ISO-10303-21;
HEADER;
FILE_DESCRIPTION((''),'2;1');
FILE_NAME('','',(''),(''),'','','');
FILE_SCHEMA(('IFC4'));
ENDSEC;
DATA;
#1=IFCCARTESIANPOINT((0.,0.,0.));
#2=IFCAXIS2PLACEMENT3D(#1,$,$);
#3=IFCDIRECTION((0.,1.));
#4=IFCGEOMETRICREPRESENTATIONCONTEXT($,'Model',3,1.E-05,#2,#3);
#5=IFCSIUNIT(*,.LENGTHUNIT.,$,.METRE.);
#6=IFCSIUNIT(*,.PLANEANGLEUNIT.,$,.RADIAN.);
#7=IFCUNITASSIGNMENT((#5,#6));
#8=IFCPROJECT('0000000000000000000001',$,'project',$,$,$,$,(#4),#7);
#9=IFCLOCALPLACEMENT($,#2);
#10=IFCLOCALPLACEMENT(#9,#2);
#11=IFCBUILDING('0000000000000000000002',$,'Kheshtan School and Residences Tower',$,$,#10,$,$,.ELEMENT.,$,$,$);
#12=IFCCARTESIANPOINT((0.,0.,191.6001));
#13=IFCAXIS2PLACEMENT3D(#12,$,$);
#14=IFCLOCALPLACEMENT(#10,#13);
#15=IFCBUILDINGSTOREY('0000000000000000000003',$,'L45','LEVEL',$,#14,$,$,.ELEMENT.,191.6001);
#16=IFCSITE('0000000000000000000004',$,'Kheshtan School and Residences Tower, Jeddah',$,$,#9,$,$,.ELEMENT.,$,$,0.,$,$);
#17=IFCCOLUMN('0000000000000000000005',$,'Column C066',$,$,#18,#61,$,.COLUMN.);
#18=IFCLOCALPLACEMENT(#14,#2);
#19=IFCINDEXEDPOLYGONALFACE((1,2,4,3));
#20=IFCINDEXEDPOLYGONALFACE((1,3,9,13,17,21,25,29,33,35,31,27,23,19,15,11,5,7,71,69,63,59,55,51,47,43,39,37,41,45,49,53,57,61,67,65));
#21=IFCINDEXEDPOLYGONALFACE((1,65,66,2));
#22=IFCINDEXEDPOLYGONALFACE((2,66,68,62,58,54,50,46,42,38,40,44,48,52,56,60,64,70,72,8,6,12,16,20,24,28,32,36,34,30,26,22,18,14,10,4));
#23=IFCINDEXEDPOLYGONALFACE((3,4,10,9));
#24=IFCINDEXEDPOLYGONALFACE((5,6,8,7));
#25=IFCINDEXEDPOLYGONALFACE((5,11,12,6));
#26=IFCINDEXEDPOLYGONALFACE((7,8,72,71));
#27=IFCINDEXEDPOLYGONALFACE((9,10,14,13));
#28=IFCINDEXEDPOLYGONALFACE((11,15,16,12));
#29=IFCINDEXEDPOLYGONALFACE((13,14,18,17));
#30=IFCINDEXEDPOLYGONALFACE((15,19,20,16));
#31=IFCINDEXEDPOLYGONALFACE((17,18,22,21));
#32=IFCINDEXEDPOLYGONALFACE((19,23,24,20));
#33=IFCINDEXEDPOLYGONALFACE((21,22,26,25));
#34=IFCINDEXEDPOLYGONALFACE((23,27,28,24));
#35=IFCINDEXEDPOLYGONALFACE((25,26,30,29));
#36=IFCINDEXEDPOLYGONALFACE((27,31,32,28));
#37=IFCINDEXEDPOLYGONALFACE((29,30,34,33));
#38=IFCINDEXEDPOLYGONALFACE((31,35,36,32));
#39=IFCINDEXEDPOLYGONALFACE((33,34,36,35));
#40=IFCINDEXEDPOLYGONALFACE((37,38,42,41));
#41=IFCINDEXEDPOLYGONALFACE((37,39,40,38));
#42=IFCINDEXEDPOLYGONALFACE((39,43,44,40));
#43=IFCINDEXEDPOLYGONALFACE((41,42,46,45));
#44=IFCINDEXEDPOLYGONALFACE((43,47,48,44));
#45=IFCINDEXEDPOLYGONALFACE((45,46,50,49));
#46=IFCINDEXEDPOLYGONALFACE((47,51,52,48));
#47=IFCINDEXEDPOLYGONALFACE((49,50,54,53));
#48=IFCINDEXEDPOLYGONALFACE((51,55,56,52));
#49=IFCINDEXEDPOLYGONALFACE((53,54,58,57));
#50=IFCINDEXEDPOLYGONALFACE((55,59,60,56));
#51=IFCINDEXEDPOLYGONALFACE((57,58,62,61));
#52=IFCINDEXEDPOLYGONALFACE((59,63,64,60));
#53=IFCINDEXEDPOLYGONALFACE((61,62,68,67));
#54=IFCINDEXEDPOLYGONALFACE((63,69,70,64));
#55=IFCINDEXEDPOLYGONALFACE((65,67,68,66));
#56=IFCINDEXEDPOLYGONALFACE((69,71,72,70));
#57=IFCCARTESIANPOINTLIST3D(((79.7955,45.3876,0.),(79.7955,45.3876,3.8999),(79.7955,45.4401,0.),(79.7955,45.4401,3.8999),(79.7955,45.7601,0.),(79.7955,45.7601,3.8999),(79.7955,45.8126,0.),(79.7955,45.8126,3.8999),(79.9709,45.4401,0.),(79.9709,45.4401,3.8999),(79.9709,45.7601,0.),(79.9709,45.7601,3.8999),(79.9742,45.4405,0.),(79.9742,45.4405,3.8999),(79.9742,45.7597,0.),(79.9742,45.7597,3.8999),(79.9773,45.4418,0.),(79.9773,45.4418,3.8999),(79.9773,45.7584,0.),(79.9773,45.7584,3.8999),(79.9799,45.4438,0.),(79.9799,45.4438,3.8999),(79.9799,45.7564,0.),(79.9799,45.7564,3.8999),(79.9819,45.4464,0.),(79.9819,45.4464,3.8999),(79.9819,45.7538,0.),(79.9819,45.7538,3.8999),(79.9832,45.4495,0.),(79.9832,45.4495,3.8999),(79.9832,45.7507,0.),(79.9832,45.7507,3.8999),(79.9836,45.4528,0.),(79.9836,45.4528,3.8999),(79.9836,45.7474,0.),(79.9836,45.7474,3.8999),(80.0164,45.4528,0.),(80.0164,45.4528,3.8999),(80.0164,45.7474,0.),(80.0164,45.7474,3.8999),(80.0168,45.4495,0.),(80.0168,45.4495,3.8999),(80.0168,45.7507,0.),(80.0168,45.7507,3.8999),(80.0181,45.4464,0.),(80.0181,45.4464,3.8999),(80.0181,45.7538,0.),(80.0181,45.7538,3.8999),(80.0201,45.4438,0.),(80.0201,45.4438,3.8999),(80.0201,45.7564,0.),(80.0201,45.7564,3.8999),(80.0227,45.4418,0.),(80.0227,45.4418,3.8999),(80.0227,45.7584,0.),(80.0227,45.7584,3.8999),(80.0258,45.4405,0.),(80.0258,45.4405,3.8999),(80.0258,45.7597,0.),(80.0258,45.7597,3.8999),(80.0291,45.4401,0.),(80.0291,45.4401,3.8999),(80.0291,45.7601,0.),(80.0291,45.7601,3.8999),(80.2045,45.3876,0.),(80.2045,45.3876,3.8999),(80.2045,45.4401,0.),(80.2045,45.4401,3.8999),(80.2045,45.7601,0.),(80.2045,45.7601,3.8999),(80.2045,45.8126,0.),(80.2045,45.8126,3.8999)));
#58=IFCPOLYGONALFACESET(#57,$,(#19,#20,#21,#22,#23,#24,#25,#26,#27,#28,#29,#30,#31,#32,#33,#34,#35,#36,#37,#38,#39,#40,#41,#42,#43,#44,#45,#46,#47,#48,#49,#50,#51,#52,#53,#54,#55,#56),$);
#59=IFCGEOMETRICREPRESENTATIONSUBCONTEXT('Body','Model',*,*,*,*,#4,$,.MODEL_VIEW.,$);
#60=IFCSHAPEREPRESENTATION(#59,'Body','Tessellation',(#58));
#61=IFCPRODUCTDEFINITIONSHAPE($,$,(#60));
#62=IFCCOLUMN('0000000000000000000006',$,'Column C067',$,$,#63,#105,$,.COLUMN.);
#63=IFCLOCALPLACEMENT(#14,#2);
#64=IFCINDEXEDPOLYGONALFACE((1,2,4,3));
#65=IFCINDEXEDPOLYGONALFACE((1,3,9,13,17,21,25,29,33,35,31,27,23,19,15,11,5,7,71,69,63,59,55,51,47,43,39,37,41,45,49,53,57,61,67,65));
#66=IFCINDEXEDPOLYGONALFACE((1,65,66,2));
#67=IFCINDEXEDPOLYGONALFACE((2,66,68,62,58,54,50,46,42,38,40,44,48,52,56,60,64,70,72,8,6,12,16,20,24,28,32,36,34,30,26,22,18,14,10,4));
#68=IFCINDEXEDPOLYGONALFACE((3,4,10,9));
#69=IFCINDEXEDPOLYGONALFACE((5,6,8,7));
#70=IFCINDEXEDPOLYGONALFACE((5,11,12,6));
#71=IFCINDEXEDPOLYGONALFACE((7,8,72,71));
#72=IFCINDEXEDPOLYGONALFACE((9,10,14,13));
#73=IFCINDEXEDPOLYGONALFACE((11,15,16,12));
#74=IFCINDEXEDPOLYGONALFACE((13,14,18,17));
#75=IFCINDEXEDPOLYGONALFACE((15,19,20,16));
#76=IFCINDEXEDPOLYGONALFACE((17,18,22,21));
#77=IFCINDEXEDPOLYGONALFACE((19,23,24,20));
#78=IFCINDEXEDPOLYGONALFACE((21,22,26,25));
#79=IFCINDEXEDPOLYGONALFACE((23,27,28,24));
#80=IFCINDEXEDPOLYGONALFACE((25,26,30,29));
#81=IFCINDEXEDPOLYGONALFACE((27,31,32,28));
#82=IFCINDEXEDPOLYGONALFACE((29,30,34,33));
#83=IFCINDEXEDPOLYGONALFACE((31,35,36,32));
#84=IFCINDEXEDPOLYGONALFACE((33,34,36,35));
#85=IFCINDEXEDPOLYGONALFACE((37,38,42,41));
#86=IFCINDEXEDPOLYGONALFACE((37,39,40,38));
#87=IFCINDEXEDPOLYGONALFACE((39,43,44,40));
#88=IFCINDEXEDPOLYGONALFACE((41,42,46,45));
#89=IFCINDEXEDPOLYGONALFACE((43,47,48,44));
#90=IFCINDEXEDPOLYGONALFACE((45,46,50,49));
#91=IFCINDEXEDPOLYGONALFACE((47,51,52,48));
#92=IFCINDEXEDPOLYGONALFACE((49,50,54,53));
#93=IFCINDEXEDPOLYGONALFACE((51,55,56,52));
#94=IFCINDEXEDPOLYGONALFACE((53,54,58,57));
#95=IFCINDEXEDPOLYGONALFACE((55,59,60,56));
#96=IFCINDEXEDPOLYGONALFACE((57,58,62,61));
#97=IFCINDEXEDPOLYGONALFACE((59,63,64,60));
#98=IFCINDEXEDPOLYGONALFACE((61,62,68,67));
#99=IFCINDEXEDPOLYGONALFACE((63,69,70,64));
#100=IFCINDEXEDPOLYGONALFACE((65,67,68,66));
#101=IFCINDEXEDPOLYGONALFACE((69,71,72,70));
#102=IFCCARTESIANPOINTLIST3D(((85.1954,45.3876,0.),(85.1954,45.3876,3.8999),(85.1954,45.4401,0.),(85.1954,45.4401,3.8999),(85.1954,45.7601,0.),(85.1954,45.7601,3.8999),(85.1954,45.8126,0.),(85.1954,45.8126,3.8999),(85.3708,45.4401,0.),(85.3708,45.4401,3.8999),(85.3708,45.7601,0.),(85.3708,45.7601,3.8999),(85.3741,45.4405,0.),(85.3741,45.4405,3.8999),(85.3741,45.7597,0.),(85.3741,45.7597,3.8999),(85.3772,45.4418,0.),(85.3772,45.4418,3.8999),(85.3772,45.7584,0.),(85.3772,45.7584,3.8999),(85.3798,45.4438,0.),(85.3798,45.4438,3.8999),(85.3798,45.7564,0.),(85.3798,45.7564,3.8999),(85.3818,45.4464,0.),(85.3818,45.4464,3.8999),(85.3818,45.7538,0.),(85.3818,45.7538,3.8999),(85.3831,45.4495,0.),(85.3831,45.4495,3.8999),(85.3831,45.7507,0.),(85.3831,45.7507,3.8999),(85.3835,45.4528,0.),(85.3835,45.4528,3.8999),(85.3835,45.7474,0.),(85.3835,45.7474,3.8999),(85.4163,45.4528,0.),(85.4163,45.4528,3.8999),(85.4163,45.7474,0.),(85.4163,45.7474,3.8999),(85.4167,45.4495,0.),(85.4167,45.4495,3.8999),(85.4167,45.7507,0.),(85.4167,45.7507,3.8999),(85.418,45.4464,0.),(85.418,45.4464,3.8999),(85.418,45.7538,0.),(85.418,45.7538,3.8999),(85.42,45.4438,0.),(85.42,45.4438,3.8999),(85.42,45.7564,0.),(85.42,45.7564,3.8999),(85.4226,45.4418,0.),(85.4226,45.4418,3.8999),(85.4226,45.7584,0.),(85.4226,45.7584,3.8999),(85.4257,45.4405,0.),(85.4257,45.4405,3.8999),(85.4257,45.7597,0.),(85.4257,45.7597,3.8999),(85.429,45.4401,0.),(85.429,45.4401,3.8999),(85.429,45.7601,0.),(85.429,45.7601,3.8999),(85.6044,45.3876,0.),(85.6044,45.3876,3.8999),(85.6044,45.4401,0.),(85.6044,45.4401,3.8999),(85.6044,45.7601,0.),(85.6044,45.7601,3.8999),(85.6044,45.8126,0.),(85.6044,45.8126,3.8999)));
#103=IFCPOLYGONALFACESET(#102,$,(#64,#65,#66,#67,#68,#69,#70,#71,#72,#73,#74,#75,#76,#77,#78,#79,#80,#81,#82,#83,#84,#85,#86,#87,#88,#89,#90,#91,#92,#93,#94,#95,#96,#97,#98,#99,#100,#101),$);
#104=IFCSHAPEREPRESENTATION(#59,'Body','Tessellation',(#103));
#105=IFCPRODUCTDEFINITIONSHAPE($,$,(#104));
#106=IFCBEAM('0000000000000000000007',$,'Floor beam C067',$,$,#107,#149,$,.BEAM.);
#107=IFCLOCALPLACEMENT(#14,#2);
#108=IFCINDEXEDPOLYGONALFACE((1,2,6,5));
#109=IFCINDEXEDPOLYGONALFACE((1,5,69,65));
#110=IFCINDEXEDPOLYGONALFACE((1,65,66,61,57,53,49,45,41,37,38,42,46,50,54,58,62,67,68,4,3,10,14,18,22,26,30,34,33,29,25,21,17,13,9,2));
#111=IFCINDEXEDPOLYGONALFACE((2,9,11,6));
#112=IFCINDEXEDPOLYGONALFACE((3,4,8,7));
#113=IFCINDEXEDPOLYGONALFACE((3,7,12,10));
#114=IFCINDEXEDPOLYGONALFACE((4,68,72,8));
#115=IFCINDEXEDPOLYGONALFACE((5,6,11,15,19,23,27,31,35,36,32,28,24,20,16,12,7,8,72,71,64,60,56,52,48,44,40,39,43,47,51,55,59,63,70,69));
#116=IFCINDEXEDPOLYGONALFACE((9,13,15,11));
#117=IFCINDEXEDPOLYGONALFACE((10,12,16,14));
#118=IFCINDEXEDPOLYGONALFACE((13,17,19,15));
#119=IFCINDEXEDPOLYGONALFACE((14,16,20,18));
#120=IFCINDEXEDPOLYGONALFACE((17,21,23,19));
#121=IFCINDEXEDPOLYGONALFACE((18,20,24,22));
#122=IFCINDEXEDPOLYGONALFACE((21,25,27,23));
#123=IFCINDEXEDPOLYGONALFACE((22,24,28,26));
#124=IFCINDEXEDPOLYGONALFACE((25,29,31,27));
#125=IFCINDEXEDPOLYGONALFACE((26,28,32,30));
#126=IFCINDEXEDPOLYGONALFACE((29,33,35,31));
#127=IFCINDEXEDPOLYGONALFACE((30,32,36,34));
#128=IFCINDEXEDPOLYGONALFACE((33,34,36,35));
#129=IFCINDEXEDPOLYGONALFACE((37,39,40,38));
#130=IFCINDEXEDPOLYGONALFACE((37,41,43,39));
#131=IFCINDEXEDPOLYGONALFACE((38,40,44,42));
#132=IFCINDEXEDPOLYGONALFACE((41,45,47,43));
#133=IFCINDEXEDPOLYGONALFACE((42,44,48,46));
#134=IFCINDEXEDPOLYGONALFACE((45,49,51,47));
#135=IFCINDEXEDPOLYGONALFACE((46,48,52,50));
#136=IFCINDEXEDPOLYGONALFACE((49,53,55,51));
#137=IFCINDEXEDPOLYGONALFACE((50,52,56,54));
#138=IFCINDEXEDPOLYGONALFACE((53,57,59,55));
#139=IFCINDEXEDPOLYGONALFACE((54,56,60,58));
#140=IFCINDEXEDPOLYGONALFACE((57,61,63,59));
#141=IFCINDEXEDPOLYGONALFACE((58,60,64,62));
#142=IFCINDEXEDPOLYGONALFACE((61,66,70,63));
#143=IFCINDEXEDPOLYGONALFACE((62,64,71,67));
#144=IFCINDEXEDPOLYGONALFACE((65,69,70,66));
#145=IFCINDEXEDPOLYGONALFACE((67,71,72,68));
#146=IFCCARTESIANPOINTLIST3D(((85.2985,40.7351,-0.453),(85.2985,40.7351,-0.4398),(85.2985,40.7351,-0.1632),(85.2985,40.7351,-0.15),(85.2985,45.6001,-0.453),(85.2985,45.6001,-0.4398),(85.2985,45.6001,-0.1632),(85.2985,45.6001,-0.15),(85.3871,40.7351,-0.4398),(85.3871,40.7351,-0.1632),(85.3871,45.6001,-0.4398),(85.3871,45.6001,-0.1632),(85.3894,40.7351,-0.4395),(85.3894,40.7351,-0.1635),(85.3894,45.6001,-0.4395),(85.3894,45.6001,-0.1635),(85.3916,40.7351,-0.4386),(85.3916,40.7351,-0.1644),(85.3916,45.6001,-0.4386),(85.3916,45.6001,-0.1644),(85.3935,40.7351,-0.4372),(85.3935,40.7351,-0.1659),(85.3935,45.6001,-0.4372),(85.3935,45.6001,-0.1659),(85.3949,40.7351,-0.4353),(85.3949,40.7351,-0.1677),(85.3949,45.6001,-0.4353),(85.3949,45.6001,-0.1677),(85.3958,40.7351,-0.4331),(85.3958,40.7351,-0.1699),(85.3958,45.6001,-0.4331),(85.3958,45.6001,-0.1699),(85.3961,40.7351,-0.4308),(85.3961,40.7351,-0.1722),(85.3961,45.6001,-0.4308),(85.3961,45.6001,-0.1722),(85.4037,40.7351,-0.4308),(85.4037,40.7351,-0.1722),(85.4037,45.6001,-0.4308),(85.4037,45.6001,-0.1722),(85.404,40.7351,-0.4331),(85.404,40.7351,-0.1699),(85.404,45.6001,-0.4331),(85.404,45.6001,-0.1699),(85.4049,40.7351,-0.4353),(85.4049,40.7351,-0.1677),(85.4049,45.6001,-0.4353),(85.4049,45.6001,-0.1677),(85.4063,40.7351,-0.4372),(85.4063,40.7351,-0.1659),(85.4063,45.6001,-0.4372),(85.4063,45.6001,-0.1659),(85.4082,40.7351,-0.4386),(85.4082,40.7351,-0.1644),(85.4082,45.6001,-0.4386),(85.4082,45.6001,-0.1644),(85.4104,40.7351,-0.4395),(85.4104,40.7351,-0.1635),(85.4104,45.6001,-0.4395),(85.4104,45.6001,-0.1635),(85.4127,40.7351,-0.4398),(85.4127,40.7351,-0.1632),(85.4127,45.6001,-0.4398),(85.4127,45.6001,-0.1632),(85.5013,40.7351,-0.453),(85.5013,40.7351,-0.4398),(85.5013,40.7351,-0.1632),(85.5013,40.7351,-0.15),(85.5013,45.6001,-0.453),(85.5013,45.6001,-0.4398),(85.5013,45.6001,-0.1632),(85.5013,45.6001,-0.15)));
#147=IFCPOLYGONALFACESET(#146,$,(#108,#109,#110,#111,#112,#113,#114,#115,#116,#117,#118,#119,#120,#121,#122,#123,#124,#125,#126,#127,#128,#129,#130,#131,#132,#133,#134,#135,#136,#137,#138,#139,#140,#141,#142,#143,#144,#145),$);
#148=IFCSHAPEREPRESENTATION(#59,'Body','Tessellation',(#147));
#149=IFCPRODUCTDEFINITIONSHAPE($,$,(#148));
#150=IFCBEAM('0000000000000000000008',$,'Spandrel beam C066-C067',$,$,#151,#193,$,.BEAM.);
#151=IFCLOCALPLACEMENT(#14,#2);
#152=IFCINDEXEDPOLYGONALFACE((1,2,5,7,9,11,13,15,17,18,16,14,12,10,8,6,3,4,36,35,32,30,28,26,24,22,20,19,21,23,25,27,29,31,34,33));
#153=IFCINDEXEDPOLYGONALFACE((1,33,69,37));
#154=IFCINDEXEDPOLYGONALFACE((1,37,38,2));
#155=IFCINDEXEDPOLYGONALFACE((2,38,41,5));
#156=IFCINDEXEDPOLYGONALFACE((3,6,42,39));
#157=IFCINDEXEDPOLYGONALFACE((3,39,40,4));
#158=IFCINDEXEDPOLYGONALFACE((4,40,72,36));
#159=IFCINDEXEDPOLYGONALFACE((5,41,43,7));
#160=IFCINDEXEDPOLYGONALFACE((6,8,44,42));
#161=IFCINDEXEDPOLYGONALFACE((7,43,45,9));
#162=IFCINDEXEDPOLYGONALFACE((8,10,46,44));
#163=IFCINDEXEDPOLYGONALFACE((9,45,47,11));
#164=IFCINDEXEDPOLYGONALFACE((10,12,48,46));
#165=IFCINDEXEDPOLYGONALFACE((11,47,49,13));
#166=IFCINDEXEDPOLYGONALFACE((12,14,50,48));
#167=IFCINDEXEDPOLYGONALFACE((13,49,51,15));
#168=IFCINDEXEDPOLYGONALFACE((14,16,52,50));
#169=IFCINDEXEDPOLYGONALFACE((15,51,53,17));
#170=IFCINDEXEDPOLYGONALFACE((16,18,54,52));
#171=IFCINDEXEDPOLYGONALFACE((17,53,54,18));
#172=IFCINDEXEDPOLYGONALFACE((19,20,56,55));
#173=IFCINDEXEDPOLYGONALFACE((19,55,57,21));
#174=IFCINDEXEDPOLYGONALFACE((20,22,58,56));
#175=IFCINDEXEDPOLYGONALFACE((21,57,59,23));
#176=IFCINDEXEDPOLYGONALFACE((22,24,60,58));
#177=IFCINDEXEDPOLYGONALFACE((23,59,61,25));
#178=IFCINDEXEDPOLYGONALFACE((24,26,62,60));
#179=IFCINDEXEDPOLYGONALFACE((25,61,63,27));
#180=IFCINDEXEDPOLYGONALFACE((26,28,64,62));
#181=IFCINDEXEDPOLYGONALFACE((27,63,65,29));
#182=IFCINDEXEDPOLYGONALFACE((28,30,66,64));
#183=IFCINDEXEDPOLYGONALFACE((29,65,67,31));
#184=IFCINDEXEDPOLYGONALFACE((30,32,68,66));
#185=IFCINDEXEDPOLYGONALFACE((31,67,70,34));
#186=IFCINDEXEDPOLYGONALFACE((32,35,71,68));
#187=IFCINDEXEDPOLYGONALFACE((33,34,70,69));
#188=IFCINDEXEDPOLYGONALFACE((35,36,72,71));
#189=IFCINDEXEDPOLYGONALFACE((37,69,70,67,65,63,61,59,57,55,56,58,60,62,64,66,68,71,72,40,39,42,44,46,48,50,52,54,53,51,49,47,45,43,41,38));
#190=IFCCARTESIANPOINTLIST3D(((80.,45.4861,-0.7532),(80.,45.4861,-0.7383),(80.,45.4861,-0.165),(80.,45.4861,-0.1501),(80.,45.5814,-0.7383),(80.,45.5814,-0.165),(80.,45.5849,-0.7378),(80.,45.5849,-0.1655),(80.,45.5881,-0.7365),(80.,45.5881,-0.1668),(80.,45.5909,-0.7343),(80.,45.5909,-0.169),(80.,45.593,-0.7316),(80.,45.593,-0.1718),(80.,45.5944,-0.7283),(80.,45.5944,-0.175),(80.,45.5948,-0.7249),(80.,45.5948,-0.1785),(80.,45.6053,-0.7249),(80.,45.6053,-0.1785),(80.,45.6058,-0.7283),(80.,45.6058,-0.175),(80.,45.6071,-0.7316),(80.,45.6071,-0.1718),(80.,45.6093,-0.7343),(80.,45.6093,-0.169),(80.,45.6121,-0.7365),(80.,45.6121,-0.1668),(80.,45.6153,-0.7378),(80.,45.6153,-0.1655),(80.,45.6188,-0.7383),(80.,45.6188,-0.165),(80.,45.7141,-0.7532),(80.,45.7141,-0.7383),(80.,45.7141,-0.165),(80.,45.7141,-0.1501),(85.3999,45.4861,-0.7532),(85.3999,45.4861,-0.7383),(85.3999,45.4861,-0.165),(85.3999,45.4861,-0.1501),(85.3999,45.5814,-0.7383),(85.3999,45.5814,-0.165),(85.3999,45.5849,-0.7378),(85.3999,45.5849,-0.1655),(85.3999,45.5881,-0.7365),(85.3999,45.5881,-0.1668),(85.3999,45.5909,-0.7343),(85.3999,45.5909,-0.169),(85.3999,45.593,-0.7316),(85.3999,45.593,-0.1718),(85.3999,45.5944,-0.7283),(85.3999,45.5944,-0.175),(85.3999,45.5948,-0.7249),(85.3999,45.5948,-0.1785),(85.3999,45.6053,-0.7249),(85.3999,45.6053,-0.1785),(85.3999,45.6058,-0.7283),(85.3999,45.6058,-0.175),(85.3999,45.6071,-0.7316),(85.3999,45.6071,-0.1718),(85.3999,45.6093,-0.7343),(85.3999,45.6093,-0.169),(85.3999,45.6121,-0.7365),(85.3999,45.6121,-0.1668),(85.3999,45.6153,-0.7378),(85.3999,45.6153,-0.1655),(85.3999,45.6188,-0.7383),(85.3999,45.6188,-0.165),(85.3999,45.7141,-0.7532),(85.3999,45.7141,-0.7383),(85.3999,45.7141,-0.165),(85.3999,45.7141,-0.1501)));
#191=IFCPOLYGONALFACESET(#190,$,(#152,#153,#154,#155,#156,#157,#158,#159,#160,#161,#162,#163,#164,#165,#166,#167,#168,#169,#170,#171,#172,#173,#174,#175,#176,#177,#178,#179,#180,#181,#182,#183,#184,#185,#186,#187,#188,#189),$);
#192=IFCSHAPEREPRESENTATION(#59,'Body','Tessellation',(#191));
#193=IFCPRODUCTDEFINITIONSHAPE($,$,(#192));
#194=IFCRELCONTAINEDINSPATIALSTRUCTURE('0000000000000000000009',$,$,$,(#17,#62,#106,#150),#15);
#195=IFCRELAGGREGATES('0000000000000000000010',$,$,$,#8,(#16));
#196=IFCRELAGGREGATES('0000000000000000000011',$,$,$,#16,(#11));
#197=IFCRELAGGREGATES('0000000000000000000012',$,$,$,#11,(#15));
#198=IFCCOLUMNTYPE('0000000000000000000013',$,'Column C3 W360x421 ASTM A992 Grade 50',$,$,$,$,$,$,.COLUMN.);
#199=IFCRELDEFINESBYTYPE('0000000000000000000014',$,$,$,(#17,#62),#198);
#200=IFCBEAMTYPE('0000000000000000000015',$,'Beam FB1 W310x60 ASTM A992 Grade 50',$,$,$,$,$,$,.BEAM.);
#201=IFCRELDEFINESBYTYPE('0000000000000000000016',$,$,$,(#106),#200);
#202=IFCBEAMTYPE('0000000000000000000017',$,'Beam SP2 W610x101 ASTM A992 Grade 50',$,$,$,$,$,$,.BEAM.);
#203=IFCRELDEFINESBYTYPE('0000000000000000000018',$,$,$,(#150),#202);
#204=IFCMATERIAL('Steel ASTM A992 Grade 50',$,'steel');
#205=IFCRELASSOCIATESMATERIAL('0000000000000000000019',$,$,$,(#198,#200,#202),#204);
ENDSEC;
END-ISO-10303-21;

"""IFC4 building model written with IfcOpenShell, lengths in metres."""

from ifc_helpers import new_model, si_unit, direction, frame, origin, origin_2d, place, context, subcontext, project, spatial, i_section, extrude, material, material_profile, profile_set, type_object, element, save


model = new_model("IFC4")

# Units and contexts
model_context = context("Model", 3, precision=1e-05, world=origin(), true_north=direction((0.0, 1.0)))
body_context = subcontext(model_context, "Body", "Model", "MODEL_VIEW")
ifc_project = project(units=[si_unit("LENGTHUNIT", "METRE"), si_unit("PLANEANGLEUNIT", "RADIAN")], contexts=[model_context])

# Site, building, storey
site_placement = place(None, origin())
site = spatial("IfcSite", under=ifc_project, at=site_placement, Name="Kheshtan School and Residences Tower, Jeddah", CompositionType="ELEMENT", RefElevation=0.0)
building_placement = place(site_placement, origin())
building = spatial("IfcBuilding", under=site, at=building_placement, Name="Kheshtan School and Residences Tower", CompositionType="ELEMENT")
storey_placement = place(building_placement, frame((0.0, 0.0, 191.6001)))
storey = spatial("IfcBuildingStorey", under=building, at=storey_placement, Name="L45", Description="LEVEL", CompositionType="ELEMENT", Elevation=191.6001)

# Columns
ifc_material_1 = material(Name="Steel ASTM A992 Grade 50", Category="steel")
ifc_material_profile_1 = material_profile(ifc_material_1, i_section(OverallWidth=0.4089, OverallDepth=0.425, WebThickness=0.0327, FlangeThickness=0.0525, FilletRadius=0.0127, at=origin_2d()), Name="W360x421")
ifc_profile_set_1 = profile_set([ifc_material_profile_1], Name="Steel ASTM A992 Grade 50")
column_type = type_object("IfcColumnType", Name="Column C3 W360x421 ASTM A992 Grade 50", PredefinedType="COLUMN", material=ifc_profile_set_1)
for number, where, z_axis, x_axis, name in (
    (1, (80.0, 45.6001, 0.0), (0.0, 0.0, 1.0), (1.0, 0.0, 0.0), "Column C066"),
    (2, (85.3999, 45.6001, 0.0), (0.0, 0.0, 1.0), (1.0, 0.0, 0.0), "Column C067"),
):
    element("IfcColumn", number, at=place(storey_placement, frame(where, z_axis=z_axis, x_axis=x_axis)), inside=storey, type_object=column_type, Name=name, PredefinedType="COLUMN", context=body_context, shape_type="SweptSolid", body=[
        extrude(i_section(OverallWidth=0.4089, OverallDepth=0.425, WebThickness=0.0327, FlangeThickness=0.0525, FilletRadius=0.0127, at=origin_2d()), origin(), (0.0, 0.0, 1.0), 3.8999),
    ])

# Beams
ifc_material_profile_2 = material_profile(ifc_material_1, i_section(OverallWidth=0.2029, OverallDepth=0.303, WebThickness=0.0076, FlangeThickness=0.0132, FilletRadius=0.009, at=origin_2d()), Name="W310x60")
ifc_profile_set_2 = profile_set([ifc_material_profile_2], Name="Steel ASTM A992 Grade 50")
beam_type_1 = type_object("IfcBeamType", Name="Beam FB1 W310x60 ASTM A992 Grade 50", PredefinedType="BEAM", material=ifc_profile_set_2)
beam_1_placement = place(storey_placement, frame((85.3999, 45.6001, -0.3015), z_axis=(0.0, -1.0, 0.0), x_axis=(1.0, 0.0, 0.0)))
element("IfcBeam", 3, at=beam_1_placement, inside=storey, type_object=beam_type_1, Name="Floor beam C067", PredefinedType="BEAM", context=body_context, shape_type="SweptSolid", body=[
    extrude(i_section(OverallWidth=0.2029, OverallDepth=0.303, WebThickness=0.0076, FlangeThickness=0.0132, FilletRadius=0.009, at=origin_2d()), origin(), (0.0, 0.0, 1.0), 4.865),
])
ifc_material_profile_3 = material_profile(ifc_material_1, i_section(OverallWidth=0.228, OverallDepth=0.603, WebThickness=0.0105, FlangeThickness=0.0149, FilletRadius=0.0134, at=origin_2d()), Name="W610x101")
ifc_profile_set_3 = profile_set([ifc_material_profile_3], Name="Steel ASTM A992 Grade 50")
beam_type_2 = type_object("IfcBeamType", Name="Beam SP2 W610x101 ASTM A992 Grade 50", PredefinedType="BEAM", material=ifc_profile_set_3)
beam_2_placement = place(storey_placement, frame((80.0, 45.6001, -0.4517), z_axis=(1.0, 0.0, 0.0), x_axis=(0.0, 1.0, 0.0)))
element("IfcBeam", 4, at=beam_2_placement, inside=storey, type_object=beam_type_2, Name="Spandrel beam C066-C067", PredefinedType="BEAM", context=body_context, shape_type="SweptSolid", body=[
    extrude(i_section(OverallWidth=0.228, OverallDepth=0.603, WebThickness=0.0105, FlangeThickness=0.0149, FilletRadius=0.0134, at=origin_2d()), origin(), (0.0, 0.0, 1.0), 5.3999),
])

save(model, "model.ifc")
